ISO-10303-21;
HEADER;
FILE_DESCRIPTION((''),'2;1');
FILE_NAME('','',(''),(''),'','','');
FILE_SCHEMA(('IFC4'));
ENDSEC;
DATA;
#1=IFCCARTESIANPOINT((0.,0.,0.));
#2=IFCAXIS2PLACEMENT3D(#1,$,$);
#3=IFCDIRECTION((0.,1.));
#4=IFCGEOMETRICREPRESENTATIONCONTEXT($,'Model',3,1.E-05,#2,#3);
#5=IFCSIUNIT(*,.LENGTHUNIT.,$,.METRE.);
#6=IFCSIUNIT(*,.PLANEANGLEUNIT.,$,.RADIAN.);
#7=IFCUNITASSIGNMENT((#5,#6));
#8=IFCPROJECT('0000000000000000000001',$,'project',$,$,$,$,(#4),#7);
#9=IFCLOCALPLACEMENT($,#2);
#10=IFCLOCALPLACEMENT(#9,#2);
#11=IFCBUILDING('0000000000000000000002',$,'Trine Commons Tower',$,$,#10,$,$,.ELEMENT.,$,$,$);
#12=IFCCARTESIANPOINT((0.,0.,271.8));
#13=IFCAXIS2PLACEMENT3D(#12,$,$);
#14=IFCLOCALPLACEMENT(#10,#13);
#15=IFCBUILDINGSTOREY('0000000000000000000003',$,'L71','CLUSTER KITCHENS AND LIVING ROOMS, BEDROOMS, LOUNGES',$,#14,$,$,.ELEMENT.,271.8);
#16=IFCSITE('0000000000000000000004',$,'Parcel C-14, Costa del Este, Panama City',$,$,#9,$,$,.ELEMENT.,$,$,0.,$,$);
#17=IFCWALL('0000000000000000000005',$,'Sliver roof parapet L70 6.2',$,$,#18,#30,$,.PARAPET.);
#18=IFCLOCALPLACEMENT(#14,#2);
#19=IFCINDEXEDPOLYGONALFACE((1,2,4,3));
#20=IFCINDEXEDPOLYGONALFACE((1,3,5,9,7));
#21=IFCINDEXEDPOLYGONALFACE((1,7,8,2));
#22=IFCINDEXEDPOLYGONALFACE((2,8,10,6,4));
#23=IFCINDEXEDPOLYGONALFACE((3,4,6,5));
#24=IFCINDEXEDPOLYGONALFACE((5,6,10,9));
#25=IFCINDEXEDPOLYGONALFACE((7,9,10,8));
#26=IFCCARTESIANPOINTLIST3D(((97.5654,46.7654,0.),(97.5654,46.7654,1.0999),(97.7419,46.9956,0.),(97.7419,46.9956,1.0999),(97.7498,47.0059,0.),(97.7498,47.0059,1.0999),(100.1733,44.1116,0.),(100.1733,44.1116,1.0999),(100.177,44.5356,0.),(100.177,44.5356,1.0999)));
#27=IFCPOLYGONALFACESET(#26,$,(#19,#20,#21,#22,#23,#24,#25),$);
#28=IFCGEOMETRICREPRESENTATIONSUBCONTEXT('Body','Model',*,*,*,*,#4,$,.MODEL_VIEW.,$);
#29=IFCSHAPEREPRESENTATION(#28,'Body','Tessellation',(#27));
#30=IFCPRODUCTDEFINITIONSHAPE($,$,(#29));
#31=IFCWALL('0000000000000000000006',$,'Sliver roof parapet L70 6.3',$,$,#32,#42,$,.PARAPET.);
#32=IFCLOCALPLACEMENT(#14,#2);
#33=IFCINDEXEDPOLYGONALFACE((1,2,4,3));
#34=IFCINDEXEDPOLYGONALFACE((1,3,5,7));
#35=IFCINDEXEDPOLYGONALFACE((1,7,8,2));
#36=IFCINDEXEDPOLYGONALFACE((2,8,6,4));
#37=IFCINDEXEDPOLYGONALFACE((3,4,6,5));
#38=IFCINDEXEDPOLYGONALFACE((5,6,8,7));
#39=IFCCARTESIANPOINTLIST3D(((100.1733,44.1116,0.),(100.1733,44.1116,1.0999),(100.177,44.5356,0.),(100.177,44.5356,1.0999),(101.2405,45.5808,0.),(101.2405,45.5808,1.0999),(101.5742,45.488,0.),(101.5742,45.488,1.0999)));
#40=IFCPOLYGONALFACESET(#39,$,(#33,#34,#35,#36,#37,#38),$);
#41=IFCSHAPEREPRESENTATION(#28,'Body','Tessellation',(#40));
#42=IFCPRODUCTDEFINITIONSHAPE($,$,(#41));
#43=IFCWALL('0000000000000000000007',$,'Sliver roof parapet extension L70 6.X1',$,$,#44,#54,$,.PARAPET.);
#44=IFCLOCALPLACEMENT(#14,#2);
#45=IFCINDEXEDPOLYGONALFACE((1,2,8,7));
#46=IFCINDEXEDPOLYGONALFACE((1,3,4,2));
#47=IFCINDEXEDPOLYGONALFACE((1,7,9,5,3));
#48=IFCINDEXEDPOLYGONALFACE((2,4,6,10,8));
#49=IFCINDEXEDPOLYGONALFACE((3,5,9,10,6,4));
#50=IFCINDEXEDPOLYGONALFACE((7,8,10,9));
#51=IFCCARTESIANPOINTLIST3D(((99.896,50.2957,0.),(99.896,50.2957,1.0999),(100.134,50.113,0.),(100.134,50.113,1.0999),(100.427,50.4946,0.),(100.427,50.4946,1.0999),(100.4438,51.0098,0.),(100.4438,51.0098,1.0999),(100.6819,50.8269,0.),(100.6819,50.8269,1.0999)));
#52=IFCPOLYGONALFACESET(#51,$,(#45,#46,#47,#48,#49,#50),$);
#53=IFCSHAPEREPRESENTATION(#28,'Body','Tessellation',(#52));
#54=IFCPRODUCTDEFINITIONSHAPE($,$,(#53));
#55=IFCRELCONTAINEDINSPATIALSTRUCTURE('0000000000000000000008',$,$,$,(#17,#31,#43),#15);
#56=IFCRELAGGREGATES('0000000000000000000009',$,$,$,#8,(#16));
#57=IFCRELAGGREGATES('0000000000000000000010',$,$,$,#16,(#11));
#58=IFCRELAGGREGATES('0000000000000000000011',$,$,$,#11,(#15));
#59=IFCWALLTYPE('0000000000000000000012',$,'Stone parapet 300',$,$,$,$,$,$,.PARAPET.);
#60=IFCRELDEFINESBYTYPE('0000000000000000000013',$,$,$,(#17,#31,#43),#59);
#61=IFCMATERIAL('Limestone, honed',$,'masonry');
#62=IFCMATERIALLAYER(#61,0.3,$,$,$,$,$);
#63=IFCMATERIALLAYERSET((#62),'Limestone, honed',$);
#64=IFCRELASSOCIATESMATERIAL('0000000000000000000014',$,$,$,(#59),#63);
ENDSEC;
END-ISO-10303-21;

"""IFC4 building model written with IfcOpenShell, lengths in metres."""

from ifc_helpers import new_model, si_unit, direction, frame, origin, place, context, subcontext, project, spatial, polyline, outline, extrude, material, layer, layer_set, type_object, element, save


model = new_model("IFC4")

# Units and contexts
model_context = context("Model", 3, precision=1e-05, world=origin(), true_north=direction((0.0, 1.0)))
body_context = subcontext(model_context, "Body", "Model", "MODEL_VIEW")
ifc_project = project(units=[si_unit("LENGTHUNIT", "METRE"), si_unit("PLANEANGLEUNIT", "RADIAN")], contexts=[model_context])

# Site, building, storey
site_placement = place(None, origin())
site = spatial("IfcSite", under=ifc_project, at=site_placement, Name="Parcel C-14, Costa del Este, Panama City", CompositionType="ELEMENT", RefElevation=0.0)
building_placement = place(site_placement, origin())
building = spatial("IfcBuilding", under=site, at=building_placement, Name="Trine Commons Tower", CompositionType="ELEMENT")
storey_placement = place(building_placement, frame((0.0, 0.0, 271.8)))
storey = spatial("IfcBuildingStorey", under=building, at=storey_placement, Name="L71", Description="CLUSTER KITCHENS AND LIVING ROOMS, BEDROOMS, LOUNGES", CompositionType="ELEMENT", Elevation=271.8)

# Walls
ifc_material = material(Name="Limestone, honed", Category="masonry")
ifc_layer = layer(ifc_material, 0.3)
ifc_layer_set = layer_set([ifc_layer], Name="Limestone, honed")
wall_type = type_object("IfcWallType", Name="Stone parapet 300", PredefinedType="PARAPET", material=ifc_layer_set)
wall_1_placement = place(storey_placement, origin())
element("IfcWall", 1, at=wall_1_placement, inside=storey, type_object=wall_type, Name="Sliver roof parapet L70 6.2", PredefinedType="PARAPET", context=body_context, shape_type="SweptSolid", body=[
    extrude(outline(polyline([(97.5654, 46.7654), (100.1733, 44.1116), (100.177, 44.5356), (97.7498, 47.0059), (97.7419, 46.9956), (97.5654, 46.7654)])), origin(), (0.0, 0.0, 1.0), 1.0999),
])
wall_2_placement = place(storey_placement, origin())
element("IfcWall", 2, at=wall_2_placement, inside=storey, type_object=wall_type, Name="Sliver roof parapet L70 6.3", PredefinedType="PARAPET", context=body_context, shape_type="SweptSolid", body=[
    extrude(outline(polyline([(100.1733, 44.1116), (101.5742, 45.488), (101.2405, 45.5808), (100.177, 44.5356), (100.1733, 44.1116)])), origin(), (0.0, 0.0, 1.0), 1.0999),
])
wall_3_placement = place(storey_placement, origin())
element("IfcWall", 3, at=wall_3_placement, inside=storey, type_object=wall_type, Name="Sliver roof parapet extension L70 6.X1", PredefinedType="PARAPET", context=body_context, shape_type="SweptSolid", body=[
    extrude(outline(polyline([(100.6819, 50.8269), (100.4438, 51.0098), (99.896, 50.2957), (100.134, 50.113), (100.427, 50.4946), (100.6819, 50.8269)])), origin(), (0.0, 0.0, 1.0), 1.0999),
])

save(model, "model.ifc")
